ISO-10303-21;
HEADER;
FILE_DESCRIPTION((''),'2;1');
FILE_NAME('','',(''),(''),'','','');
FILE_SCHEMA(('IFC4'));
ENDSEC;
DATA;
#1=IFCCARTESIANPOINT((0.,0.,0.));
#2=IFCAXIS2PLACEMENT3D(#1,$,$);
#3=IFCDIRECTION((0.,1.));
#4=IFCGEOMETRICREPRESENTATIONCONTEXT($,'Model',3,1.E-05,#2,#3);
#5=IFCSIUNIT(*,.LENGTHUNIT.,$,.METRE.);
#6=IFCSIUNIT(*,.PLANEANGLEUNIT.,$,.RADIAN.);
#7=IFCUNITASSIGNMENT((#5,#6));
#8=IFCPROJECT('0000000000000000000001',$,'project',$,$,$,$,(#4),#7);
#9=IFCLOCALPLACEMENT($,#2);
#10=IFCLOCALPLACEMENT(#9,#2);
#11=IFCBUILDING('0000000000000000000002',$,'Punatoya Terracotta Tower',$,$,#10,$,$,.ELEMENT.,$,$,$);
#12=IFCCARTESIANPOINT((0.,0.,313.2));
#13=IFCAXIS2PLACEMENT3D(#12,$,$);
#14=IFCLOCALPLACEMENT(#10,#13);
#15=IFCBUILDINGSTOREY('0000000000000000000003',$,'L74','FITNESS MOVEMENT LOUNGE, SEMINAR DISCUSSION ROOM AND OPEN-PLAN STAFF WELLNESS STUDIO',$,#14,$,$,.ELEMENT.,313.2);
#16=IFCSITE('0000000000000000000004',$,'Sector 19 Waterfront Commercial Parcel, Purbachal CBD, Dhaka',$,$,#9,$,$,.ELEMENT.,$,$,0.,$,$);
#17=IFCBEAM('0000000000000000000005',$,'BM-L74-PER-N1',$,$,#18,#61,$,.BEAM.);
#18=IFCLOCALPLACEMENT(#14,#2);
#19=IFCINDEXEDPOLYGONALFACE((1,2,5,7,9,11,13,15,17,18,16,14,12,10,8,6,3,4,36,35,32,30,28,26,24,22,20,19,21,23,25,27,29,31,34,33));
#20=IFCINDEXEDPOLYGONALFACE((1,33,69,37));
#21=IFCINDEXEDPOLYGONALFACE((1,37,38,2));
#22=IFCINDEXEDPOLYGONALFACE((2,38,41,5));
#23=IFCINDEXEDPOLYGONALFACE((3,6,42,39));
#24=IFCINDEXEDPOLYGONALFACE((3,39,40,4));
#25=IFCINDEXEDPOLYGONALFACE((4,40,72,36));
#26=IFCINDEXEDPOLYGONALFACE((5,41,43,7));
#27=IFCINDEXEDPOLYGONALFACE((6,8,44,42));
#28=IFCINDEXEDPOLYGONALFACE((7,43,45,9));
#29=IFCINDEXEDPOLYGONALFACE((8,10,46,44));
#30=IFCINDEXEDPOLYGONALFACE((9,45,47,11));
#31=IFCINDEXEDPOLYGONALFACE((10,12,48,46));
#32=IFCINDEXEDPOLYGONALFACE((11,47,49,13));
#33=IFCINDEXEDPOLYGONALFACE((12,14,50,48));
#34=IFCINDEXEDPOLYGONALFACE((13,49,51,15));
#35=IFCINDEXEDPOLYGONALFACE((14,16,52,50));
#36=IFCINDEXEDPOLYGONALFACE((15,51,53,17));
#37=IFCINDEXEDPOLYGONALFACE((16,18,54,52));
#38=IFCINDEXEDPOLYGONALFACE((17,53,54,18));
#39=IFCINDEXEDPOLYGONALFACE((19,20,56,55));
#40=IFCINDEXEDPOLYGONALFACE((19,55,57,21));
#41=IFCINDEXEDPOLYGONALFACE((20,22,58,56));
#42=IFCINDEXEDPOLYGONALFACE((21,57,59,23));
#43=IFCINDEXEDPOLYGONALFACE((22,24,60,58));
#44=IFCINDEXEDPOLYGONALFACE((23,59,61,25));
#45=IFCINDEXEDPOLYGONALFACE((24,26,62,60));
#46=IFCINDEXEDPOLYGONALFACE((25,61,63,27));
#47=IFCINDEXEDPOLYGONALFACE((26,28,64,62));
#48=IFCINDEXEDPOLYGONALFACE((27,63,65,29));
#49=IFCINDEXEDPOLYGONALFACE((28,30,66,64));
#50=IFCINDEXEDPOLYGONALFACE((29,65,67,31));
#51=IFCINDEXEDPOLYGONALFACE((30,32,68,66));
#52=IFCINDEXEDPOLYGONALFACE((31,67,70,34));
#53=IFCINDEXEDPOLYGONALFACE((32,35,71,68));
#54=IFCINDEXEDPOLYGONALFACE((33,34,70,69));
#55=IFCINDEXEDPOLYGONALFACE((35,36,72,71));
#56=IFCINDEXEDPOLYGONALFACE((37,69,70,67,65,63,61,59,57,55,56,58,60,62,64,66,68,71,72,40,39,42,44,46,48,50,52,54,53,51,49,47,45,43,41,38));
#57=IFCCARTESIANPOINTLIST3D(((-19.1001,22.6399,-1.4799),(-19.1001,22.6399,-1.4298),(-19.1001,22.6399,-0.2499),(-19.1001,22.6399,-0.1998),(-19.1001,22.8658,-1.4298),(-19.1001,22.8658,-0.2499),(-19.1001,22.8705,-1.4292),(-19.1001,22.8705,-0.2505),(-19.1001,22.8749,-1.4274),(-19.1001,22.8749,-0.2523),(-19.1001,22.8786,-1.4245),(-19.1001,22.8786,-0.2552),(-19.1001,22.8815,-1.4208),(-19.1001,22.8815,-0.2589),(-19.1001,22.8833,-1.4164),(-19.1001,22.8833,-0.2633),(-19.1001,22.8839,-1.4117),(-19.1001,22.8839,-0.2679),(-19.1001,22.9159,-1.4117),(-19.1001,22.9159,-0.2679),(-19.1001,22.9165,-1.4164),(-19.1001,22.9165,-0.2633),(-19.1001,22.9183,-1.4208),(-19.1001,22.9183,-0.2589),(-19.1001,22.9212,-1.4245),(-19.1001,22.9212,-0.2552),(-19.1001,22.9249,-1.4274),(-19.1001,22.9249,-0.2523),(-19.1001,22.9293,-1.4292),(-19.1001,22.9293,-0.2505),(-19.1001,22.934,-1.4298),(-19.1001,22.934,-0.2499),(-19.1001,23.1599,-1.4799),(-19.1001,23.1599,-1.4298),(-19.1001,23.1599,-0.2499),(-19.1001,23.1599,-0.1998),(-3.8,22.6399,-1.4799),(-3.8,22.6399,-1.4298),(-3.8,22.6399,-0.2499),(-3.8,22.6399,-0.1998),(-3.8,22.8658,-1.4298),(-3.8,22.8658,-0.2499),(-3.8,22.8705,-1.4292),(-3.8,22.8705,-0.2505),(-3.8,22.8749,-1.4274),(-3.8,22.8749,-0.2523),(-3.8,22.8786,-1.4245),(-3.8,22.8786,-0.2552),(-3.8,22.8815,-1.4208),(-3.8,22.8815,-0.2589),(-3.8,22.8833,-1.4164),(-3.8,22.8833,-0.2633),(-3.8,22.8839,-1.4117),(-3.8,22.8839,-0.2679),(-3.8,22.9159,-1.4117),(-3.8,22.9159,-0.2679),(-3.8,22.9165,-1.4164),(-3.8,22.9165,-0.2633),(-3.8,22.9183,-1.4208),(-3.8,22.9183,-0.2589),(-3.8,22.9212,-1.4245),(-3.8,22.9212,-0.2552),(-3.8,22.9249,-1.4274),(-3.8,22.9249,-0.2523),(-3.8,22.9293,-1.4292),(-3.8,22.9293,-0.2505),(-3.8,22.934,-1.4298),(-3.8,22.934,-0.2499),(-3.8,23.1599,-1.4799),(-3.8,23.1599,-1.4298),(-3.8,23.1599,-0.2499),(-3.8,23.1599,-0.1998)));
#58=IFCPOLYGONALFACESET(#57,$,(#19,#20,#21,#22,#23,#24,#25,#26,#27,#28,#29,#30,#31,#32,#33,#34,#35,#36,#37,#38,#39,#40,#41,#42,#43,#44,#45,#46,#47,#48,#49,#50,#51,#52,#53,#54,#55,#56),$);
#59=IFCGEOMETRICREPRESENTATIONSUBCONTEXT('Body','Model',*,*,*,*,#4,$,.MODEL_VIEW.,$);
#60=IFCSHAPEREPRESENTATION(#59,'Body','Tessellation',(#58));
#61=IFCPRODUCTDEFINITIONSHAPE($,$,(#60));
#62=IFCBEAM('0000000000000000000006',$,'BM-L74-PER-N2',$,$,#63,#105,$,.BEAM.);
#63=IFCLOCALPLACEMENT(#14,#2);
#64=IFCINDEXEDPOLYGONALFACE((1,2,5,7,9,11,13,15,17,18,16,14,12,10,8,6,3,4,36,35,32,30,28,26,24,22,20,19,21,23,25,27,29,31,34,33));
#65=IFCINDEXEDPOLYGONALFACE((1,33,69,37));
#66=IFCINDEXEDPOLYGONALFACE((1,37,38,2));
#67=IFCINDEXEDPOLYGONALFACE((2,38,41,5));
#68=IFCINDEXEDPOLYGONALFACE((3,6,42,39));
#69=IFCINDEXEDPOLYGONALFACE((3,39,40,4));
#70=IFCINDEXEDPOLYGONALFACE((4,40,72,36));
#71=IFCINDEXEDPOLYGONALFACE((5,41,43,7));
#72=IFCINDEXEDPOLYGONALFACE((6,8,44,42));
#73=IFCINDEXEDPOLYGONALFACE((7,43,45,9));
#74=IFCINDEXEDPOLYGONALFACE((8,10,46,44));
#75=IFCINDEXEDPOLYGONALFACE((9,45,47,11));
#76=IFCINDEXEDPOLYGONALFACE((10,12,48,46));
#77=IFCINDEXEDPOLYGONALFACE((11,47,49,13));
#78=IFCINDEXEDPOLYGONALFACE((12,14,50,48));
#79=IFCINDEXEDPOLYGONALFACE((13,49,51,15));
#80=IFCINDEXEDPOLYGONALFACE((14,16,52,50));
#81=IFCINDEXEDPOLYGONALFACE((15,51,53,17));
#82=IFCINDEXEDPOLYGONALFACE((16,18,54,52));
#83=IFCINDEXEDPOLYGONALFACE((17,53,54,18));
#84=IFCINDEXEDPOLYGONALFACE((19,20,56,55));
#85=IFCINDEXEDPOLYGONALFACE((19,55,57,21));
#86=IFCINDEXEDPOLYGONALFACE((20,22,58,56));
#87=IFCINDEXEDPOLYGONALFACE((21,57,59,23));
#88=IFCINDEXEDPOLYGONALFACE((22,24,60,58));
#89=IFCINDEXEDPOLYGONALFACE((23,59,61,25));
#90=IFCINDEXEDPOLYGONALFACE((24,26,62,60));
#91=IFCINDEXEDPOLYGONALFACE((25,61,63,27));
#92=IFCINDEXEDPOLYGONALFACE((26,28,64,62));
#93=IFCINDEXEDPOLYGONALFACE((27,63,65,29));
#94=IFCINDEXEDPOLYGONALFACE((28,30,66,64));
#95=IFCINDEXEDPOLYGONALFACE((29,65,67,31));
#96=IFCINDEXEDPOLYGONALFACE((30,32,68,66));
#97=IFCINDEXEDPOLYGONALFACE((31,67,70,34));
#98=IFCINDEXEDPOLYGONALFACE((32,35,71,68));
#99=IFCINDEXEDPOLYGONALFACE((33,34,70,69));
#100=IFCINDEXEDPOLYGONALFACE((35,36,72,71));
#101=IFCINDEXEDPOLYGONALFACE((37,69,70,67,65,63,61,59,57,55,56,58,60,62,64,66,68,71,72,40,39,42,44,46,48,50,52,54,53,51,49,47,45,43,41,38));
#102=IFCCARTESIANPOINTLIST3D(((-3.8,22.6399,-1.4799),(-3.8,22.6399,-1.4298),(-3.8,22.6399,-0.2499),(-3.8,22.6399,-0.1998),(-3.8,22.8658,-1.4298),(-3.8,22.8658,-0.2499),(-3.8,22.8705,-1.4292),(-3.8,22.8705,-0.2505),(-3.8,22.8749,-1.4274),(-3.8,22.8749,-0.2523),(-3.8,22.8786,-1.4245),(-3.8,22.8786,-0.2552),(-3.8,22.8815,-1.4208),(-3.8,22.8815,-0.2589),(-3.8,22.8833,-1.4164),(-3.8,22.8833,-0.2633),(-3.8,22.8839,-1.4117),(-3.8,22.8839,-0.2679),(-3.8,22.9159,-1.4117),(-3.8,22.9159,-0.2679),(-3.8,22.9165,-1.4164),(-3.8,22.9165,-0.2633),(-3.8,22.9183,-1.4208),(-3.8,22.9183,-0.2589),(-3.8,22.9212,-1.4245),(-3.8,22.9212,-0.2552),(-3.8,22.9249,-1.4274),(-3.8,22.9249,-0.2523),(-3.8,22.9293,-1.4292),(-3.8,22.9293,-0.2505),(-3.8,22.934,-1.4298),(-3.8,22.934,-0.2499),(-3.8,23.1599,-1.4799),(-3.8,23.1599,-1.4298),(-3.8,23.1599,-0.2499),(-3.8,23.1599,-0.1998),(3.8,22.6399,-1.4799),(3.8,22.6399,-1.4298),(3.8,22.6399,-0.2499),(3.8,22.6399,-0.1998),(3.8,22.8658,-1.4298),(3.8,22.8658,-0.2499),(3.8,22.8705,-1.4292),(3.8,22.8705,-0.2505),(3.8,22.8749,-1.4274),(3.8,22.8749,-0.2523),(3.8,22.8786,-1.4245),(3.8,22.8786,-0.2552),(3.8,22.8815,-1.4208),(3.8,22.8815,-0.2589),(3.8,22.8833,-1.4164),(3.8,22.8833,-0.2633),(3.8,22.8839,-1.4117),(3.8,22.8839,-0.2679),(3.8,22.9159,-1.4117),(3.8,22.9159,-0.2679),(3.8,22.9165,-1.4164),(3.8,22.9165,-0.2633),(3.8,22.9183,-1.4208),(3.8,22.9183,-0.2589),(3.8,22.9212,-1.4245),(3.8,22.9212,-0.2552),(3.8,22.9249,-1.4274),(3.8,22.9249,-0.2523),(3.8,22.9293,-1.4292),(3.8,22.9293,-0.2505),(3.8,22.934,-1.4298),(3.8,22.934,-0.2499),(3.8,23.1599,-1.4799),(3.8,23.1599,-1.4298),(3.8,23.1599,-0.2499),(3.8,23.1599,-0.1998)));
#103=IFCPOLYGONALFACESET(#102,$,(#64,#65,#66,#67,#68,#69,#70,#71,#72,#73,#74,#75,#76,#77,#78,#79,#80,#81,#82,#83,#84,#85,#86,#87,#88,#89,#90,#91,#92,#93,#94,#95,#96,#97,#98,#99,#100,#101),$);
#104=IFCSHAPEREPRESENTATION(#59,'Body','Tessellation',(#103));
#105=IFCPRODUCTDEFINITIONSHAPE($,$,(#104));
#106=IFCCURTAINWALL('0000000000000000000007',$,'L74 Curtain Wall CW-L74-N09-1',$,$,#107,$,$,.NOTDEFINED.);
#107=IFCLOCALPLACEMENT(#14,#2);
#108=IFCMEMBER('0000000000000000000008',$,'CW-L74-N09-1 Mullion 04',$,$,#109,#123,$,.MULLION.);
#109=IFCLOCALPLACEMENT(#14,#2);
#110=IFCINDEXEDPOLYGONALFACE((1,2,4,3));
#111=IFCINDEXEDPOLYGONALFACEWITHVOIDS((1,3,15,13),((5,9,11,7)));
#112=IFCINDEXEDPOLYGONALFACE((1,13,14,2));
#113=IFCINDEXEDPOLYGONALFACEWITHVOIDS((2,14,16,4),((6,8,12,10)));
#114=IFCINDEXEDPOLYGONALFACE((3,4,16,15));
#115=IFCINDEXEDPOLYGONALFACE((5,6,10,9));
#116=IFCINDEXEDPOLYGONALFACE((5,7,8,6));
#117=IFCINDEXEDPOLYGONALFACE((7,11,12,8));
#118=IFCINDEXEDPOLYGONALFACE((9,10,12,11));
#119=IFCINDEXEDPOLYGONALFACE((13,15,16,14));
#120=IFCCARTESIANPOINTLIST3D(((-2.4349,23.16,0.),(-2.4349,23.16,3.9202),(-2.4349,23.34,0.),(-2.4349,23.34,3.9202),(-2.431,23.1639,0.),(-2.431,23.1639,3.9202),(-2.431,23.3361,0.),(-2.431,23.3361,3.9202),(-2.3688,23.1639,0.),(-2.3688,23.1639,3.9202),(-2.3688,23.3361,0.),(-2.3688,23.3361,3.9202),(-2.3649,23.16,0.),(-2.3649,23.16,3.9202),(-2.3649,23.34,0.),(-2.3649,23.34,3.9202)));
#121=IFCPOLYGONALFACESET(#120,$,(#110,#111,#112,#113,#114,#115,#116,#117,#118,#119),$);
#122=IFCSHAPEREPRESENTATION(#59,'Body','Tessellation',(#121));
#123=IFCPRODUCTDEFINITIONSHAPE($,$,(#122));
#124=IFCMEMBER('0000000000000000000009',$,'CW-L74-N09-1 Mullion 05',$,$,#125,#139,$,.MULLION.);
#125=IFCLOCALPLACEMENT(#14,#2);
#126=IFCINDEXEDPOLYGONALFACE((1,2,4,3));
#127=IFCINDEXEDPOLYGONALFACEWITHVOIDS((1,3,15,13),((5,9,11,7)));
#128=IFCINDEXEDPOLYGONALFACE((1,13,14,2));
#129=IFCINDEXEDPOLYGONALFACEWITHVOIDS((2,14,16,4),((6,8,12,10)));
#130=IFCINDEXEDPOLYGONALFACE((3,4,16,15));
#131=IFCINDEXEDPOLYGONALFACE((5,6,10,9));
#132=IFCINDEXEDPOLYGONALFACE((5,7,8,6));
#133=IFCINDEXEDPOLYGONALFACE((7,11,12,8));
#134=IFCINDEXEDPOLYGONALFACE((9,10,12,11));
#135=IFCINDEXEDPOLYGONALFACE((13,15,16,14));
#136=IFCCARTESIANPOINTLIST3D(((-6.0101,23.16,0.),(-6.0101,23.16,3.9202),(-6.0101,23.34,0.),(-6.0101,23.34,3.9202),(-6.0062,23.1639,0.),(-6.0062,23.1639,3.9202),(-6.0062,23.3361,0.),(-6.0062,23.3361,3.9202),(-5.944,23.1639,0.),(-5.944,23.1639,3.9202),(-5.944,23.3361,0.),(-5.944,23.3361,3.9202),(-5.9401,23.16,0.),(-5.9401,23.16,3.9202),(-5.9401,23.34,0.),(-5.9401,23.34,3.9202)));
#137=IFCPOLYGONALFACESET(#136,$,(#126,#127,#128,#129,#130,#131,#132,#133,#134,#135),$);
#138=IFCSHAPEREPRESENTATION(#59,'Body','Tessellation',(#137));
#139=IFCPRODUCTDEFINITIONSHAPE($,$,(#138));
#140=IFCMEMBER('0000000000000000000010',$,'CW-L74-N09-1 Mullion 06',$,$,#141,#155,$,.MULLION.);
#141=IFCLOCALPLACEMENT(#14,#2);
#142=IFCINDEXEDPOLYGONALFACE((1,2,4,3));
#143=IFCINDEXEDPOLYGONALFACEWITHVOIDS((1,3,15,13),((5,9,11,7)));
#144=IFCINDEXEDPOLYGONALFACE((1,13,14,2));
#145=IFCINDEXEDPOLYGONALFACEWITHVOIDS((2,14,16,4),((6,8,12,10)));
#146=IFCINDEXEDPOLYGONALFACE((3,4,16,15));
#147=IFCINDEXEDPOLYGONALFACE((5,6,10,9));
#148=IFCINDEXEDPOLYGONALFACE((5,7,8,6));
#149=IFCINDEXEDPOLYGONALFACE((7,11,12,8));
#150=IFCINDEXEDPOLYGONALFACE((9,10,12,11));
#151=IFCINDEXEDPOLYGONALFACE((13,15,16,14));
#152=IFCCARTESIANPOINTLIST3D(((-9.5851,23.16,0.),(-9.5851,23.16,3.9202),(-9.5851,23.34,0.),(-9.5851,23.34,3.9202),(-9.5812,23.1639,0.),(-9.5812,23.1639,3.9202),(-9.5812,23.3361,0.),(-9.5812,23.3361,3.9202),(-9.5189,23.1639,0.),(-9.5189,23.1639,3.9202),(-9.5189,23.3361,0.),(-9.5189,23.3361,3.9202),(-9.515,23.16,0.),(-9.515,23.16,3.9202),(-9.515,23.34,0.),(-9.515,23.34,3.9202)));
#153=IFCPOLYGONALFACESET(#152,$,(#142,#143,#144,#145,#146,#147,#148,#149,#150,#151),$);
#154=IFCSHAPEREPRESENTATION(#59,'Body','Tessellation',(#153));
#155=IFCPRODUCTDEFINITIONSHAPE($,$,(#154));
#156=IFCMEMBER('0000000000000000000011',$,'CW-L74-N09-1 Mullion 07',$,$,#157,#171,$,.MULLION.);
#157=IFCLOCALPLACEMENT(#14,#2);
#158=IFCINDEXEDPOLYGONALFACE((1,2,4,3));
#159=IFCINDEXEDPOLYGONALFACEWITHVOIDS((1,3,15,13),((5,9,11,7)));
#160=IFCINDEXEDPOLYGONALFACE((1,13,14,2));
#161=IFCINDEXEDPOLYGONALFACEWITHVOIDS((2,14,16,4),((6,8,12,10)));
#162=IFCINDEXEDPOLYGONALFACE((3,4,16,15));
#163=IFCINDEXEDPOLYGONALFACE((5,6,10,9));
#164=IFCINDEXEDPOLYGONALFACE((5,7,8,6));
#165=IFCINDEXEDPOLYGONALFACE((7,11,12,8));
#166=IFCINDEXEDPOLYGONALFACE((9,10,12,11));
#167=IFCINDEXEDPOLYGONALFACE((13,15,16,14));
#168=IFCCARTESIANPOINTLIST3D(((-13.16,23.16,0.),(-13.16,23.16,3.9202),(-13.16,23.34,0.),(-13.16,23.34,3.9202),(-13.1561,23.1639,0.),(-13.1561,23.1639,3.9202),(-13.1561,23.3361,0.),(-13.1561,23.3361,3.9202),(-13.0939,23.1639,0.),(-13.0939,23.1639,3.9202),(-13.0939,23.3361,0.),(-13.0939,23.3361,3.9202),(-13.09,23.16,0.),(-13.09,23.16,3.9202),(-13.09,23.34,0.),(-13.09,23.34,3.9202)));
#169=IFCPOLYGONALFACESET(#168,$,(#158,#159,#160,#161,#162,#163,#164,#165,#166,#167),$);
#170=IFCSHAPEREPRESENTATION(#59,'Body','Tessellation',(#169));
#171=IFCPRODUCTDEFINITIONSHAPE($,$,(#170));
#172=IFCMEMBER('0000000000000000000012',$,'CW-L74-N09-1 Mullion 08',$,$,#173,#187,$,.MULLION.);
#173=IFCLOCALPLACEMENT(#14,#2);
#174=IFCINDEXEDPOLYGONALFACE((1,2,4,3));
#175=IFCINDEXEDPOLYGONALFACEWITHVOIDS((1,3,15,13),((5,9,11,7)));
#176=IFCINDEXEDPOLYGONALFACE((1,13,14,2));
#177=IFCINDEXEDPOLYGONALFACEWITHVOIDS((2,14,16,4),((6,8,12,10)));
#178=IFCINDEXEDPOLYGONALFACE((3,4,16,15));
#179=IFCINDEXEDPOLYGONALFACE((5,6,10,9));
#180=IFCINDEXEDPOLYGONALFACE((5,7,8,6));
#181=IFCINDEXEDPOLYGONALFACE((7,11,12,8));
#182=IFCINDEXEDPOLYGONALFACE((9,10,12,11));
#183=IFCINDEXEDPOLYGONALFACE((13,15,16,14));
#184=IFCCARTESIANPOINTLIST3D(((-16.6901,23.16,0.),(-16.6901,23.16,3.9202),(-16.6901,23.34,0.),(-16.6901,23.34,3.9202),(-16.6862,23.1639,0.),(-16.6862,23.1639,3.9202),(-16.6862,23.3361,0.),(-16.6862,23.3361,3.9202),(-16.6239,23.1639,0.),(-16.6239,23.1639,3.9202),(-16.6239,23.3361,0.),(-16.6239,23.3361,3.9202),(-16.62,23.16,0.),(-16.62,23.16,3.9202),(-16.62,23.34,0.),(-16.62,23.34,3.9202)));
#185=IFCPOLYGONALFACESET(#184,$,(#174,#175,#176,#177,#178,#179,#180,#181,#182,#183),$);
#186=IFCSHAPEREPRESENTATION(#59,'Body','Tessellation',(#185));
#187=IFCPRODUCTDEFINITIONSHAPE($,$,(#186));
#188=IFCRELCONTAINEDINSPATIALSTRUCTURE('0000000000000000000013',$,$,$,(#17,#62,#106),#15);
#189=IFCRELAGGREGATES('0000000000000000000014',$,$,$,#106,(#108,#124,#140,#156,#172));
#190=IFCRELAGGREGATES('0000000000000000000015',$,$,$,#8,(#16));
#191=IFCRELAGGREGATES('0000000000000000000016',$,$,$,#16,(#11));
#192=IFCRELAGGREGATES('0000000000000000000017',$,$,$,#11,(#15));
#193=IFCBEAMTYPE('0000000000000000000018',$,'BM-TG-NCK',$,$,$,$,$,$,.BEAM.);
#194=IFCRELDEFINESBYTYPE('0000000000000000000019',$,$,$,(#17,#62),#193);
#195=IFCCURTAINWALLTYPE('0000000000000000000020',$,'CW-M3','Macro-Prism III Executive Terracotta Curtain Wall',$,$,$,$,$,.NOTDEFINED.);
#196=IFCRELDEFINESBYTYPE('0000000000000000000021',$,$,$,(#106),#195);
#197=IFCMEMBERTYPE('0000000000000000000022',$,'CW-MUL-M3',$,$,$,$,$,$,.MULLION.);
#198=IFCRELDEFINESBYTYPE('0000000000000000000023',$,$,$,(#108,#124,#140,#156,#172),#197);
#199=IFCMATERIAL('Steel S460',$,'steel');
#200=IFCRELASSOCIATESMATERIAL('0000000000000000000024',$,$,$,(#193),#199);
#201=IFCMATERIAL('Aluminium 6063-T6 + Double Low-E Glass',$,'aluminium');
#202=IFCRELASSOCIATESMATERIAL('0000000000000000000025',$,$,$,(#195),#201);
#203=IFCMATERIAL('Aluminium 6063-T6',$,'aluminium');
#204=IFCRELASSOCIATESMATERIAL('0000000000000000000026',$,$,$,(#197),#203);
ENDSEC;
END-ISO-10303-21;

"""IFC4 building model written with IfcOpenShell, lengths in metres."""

from ifc_helpers import new_model, si_unit, direction, frame, origin, origin_2d, place, context, subcontext, project, spatial, hollow_rectangle, i_section, extrude, material, material_profile, profile_set, type_object, element, aggregate, save


model = new_model("IFC4")

# Units and contexts
model_context = context("Model", 3, precision=1e-05, world=origin(), true_north=direction((0.0, 1.0)))
body_context = subcontext(model_context, "Body", "Model", "MODEL_VIEW")
ifc_project = project(units=[si_unit("LENGTHUNIT", "METRE"), si_unit("PLANEANGLEUNIT", "RADIAN")], contexts=[model_context])

# Site, building, storey
site_placement = place(None, origin())
site = spatial("IfcSite", under=ifc_project, at=site_placement, Name="Sector 19 Waterfront Commercial Parcel, Purbachal CBD, Dhaka", CompositionType="ELEMENT", RefElevation=0.0)
building_placement = place(site_placement, origin())
building = spatial("IfcBuilding", under=site, at=building_placement, Name="Punatoya Terracotta Tower", CompositionType="ELEMENT")
storey_placement = place(building_placement, frame((0.0, 0.0, 313.2)))
storey = spatial("IfcBuildingStorey", under=building, at=storey_placement, Name="L74", Description="FITNESS MOVEMENT LOUNGE, SEMINAR DISCUSSION ROOM AND OPEN-PLAN STAFF WELLNESS STUDIO", CompositionType="ELEMENT", Elevation=313.2)

# Shared definitions
ifc_material_1 = material(Name="Steel S460", Category="steel")

# Beams
ifc_material_profile_1 = material_profile(ifc_material_1, i_section(OverallWidth=0.52, OverallDepth=1.28, WebThickness=0.032, FlangeThickness=0.05, FilletRadius=0.0181, at=origin_2d()))
ifc_profile_set_1 = profile_set([ifc_material_profile_1], Name="Steel S460")
beam_type_1 = type_object("IfcBeamType", Name="BM-TG-NCK", PredefinedType="BEAM", material=ifc_profile_set_1)
beam_1_placement = place(storey_placement, frame((-19.1001, 22.8999, -0.8398), z_axis=(1.0, 0.0, 0.0), x_axis=(0.0, 1.0, 0.0)))
element("IfcBeam", 1, at=beam_1_placement, inside=storey, type_object=beam_type_1, Name="BM-L74-PER-N1", PredefinedType="BEAM", context=body_context, shape_type="SweptSolid", body=[
    extrude(i_section(OverallWidth=0.52, OverallDepth=1.28, WebThickness=0.032, FlangeThickness=0.05, FilletRadius=0.0181, at=origin_2d()), origin(), (0.0, 0.0, 1.0), 15.3),
])
beam_2_placement = place(storey_placement, frame((-3.8, 22.8999, -0.8398), z_axis=(1.0, 0.0, 0.0), x_axis=(0.0, 1.0, 0.0)))
element("IfcBeam", 2, at=beam_2_placement, inside=storey, type_object=beam_type_1, Name="BM-L74-PER-N2", PredefinedType="BEAM", context=body_context, shape_type="SweptSolid", body=[
    extrude(i_section(OverallWidth=0.52, OverallDepth=1.28, WebThickness=0.032, FlangeThickness=0.05, FilletRadius=0.0181, at=origin_2d()), origin(), (0.0, 0.0, 1.0), 7.6001),
])

# Curtain wall, members
ifc_material_2 = material(Name="Aluminium 6063-T6 + Double Low-E Glass", Category="aluminium")
curtain_wall_type = type_object("IfcCurtainWallType", Name="CW-M3", Description="Macro-Prism III Executive Terracotta Curtain Wall", PredefinedType="NOTDEFINED", material=ifc_material_2)
curtain_wall_placement = place(storey_placement, origin())
curtain_wall = element("IfcCurtainWall", 3, at=curtain_wall_placement, inside=storey, type_object=curtain_wall_type, Name="L74 Curtain Wall CW-L74-N09-1", PredefinedType="NOTDEFINED")
ifc_material_3 = material(Name="Aluminium 6063-T6", Category="aluminium")
ifc_material_profile_2 = material_profile(ifc_material_3, hollow_rectangle(XDim=0.0701, YDim=0.1799, WallThickness=0.0039, at=origin_2d()))
ifc_profile_set_2 = profile_set([ifc_material_profile_2], Name="Aluminium 6063-T6")
member_type = type_object("IfcMemberType", Name="CW-MUL-M3", PredefinedType="MULLION", material=ifc_profile_set_2)
member_1_placement = place(storey_placement, frame((-2.3999, 23.25, 0.0), z_axis=(0.0, 0.0, 1.0), x_axis=(1.0, 0.0, 0.0)))
member_1 = element("IfcMember", 4, at=member_1_placement, type_object=member_type, Name="CW-L74-N09-1 Mullion 04", PredefinedType="MULLION", context=body_context, shape_type="SweptSolid", body=[
    extrude(hollow_rectangle(XDim=0.0701, YDim=0.1799, WallThickness=0.0039, at=origin_2d()), origin(), (0.0, 0.0, 1.0), 3.9202),
])
member_2_placement = place(storey_placement, frame((-5.9751, 23.25, 0.0), z_axis=(0.0, 0.0, 1.0), x_axis=(1.0, 0.0, 0.0)))
member_2 = element("IfcMember", 5, at=member_2_placement, type_object=member_type, Name="CW-L74-N09-1 Mullion 05", PredefinedType="MULLION", context=body_context, shape_type="SweptSolid", body=[
    extrude(hollow_rectangle(XDim=0.0701, YDim=0.1799, WallThickness=0.0039, at=origin_2d()), origin(), (0.0, 0.0, 1.0), 3.9202),
])
member_3_placement = place(storey_placement, frame((-9.55, 23.25, 0.0), z_axis=(0.0, 0.0, 1.0), x_axis=(1.0, 0.0, 0.0)))
member_3 = element("IfcMember", 6, at=member_3_placement, type_object=member_type, Name="CW-L74-N09-1 Mullion 06", PredefinedType="MULLION", context=body_context, shape_type="SweptSolid", body=[
    extrude(hollow_rectangle(XDim=0.0701, YDim=0.1799, WallThickness=0.0039, at=origin_2d()), origin(), (0.0, 0.0, 1.0), 3.9202),
])
member_4_placement = place(storey_placement, frame((-13.125, 23.25, 0.0), z_axis=(0.0, 0.0, 1.0), x_axis=(1.0, 0.0, 0.0)))
member_4 = element("IfcMember", 7, at=member_4_placement, type_object=member_type, Name="CW-L74-N09-1 Mullion 07", PredefinedType="MULLION", context=body_context, shape_type="SweptSolid", body=[
    extrude(hollow_rectangle(XDim=0.0701, YDim=0.1799, WallThickness=0.0039, at=origin_2d()), origin(), (0.0, 0.0, 1.0), 3.9202),
])
member_5_placement = place(storey_placement, frame((-16.655, 23.25, 0.0), z_axis=(0.0, 0.0, 1.0), x_axis=(1.0, 0.0, 0.0)))
member_5 = element("IfcMember", 8, at=member_5_placement, type_object=member_type, Name="CW-L74-N09-1 Mullion 08", PredefinedType="MULLION", context=body_context, shape_type="SweptSolid", body=[
    extrude(hollow_rectangle(XDim=0.0701, YDim=0.1799, WallThickness=0.0039, at=origin_2d()), origin(), (0.0, 0.0, 1.0), 3.9202),
])
aggregate(curtain_wall, [member_1, member_2, member_3, member_4, member_5])

save(model, "model.ifc")
